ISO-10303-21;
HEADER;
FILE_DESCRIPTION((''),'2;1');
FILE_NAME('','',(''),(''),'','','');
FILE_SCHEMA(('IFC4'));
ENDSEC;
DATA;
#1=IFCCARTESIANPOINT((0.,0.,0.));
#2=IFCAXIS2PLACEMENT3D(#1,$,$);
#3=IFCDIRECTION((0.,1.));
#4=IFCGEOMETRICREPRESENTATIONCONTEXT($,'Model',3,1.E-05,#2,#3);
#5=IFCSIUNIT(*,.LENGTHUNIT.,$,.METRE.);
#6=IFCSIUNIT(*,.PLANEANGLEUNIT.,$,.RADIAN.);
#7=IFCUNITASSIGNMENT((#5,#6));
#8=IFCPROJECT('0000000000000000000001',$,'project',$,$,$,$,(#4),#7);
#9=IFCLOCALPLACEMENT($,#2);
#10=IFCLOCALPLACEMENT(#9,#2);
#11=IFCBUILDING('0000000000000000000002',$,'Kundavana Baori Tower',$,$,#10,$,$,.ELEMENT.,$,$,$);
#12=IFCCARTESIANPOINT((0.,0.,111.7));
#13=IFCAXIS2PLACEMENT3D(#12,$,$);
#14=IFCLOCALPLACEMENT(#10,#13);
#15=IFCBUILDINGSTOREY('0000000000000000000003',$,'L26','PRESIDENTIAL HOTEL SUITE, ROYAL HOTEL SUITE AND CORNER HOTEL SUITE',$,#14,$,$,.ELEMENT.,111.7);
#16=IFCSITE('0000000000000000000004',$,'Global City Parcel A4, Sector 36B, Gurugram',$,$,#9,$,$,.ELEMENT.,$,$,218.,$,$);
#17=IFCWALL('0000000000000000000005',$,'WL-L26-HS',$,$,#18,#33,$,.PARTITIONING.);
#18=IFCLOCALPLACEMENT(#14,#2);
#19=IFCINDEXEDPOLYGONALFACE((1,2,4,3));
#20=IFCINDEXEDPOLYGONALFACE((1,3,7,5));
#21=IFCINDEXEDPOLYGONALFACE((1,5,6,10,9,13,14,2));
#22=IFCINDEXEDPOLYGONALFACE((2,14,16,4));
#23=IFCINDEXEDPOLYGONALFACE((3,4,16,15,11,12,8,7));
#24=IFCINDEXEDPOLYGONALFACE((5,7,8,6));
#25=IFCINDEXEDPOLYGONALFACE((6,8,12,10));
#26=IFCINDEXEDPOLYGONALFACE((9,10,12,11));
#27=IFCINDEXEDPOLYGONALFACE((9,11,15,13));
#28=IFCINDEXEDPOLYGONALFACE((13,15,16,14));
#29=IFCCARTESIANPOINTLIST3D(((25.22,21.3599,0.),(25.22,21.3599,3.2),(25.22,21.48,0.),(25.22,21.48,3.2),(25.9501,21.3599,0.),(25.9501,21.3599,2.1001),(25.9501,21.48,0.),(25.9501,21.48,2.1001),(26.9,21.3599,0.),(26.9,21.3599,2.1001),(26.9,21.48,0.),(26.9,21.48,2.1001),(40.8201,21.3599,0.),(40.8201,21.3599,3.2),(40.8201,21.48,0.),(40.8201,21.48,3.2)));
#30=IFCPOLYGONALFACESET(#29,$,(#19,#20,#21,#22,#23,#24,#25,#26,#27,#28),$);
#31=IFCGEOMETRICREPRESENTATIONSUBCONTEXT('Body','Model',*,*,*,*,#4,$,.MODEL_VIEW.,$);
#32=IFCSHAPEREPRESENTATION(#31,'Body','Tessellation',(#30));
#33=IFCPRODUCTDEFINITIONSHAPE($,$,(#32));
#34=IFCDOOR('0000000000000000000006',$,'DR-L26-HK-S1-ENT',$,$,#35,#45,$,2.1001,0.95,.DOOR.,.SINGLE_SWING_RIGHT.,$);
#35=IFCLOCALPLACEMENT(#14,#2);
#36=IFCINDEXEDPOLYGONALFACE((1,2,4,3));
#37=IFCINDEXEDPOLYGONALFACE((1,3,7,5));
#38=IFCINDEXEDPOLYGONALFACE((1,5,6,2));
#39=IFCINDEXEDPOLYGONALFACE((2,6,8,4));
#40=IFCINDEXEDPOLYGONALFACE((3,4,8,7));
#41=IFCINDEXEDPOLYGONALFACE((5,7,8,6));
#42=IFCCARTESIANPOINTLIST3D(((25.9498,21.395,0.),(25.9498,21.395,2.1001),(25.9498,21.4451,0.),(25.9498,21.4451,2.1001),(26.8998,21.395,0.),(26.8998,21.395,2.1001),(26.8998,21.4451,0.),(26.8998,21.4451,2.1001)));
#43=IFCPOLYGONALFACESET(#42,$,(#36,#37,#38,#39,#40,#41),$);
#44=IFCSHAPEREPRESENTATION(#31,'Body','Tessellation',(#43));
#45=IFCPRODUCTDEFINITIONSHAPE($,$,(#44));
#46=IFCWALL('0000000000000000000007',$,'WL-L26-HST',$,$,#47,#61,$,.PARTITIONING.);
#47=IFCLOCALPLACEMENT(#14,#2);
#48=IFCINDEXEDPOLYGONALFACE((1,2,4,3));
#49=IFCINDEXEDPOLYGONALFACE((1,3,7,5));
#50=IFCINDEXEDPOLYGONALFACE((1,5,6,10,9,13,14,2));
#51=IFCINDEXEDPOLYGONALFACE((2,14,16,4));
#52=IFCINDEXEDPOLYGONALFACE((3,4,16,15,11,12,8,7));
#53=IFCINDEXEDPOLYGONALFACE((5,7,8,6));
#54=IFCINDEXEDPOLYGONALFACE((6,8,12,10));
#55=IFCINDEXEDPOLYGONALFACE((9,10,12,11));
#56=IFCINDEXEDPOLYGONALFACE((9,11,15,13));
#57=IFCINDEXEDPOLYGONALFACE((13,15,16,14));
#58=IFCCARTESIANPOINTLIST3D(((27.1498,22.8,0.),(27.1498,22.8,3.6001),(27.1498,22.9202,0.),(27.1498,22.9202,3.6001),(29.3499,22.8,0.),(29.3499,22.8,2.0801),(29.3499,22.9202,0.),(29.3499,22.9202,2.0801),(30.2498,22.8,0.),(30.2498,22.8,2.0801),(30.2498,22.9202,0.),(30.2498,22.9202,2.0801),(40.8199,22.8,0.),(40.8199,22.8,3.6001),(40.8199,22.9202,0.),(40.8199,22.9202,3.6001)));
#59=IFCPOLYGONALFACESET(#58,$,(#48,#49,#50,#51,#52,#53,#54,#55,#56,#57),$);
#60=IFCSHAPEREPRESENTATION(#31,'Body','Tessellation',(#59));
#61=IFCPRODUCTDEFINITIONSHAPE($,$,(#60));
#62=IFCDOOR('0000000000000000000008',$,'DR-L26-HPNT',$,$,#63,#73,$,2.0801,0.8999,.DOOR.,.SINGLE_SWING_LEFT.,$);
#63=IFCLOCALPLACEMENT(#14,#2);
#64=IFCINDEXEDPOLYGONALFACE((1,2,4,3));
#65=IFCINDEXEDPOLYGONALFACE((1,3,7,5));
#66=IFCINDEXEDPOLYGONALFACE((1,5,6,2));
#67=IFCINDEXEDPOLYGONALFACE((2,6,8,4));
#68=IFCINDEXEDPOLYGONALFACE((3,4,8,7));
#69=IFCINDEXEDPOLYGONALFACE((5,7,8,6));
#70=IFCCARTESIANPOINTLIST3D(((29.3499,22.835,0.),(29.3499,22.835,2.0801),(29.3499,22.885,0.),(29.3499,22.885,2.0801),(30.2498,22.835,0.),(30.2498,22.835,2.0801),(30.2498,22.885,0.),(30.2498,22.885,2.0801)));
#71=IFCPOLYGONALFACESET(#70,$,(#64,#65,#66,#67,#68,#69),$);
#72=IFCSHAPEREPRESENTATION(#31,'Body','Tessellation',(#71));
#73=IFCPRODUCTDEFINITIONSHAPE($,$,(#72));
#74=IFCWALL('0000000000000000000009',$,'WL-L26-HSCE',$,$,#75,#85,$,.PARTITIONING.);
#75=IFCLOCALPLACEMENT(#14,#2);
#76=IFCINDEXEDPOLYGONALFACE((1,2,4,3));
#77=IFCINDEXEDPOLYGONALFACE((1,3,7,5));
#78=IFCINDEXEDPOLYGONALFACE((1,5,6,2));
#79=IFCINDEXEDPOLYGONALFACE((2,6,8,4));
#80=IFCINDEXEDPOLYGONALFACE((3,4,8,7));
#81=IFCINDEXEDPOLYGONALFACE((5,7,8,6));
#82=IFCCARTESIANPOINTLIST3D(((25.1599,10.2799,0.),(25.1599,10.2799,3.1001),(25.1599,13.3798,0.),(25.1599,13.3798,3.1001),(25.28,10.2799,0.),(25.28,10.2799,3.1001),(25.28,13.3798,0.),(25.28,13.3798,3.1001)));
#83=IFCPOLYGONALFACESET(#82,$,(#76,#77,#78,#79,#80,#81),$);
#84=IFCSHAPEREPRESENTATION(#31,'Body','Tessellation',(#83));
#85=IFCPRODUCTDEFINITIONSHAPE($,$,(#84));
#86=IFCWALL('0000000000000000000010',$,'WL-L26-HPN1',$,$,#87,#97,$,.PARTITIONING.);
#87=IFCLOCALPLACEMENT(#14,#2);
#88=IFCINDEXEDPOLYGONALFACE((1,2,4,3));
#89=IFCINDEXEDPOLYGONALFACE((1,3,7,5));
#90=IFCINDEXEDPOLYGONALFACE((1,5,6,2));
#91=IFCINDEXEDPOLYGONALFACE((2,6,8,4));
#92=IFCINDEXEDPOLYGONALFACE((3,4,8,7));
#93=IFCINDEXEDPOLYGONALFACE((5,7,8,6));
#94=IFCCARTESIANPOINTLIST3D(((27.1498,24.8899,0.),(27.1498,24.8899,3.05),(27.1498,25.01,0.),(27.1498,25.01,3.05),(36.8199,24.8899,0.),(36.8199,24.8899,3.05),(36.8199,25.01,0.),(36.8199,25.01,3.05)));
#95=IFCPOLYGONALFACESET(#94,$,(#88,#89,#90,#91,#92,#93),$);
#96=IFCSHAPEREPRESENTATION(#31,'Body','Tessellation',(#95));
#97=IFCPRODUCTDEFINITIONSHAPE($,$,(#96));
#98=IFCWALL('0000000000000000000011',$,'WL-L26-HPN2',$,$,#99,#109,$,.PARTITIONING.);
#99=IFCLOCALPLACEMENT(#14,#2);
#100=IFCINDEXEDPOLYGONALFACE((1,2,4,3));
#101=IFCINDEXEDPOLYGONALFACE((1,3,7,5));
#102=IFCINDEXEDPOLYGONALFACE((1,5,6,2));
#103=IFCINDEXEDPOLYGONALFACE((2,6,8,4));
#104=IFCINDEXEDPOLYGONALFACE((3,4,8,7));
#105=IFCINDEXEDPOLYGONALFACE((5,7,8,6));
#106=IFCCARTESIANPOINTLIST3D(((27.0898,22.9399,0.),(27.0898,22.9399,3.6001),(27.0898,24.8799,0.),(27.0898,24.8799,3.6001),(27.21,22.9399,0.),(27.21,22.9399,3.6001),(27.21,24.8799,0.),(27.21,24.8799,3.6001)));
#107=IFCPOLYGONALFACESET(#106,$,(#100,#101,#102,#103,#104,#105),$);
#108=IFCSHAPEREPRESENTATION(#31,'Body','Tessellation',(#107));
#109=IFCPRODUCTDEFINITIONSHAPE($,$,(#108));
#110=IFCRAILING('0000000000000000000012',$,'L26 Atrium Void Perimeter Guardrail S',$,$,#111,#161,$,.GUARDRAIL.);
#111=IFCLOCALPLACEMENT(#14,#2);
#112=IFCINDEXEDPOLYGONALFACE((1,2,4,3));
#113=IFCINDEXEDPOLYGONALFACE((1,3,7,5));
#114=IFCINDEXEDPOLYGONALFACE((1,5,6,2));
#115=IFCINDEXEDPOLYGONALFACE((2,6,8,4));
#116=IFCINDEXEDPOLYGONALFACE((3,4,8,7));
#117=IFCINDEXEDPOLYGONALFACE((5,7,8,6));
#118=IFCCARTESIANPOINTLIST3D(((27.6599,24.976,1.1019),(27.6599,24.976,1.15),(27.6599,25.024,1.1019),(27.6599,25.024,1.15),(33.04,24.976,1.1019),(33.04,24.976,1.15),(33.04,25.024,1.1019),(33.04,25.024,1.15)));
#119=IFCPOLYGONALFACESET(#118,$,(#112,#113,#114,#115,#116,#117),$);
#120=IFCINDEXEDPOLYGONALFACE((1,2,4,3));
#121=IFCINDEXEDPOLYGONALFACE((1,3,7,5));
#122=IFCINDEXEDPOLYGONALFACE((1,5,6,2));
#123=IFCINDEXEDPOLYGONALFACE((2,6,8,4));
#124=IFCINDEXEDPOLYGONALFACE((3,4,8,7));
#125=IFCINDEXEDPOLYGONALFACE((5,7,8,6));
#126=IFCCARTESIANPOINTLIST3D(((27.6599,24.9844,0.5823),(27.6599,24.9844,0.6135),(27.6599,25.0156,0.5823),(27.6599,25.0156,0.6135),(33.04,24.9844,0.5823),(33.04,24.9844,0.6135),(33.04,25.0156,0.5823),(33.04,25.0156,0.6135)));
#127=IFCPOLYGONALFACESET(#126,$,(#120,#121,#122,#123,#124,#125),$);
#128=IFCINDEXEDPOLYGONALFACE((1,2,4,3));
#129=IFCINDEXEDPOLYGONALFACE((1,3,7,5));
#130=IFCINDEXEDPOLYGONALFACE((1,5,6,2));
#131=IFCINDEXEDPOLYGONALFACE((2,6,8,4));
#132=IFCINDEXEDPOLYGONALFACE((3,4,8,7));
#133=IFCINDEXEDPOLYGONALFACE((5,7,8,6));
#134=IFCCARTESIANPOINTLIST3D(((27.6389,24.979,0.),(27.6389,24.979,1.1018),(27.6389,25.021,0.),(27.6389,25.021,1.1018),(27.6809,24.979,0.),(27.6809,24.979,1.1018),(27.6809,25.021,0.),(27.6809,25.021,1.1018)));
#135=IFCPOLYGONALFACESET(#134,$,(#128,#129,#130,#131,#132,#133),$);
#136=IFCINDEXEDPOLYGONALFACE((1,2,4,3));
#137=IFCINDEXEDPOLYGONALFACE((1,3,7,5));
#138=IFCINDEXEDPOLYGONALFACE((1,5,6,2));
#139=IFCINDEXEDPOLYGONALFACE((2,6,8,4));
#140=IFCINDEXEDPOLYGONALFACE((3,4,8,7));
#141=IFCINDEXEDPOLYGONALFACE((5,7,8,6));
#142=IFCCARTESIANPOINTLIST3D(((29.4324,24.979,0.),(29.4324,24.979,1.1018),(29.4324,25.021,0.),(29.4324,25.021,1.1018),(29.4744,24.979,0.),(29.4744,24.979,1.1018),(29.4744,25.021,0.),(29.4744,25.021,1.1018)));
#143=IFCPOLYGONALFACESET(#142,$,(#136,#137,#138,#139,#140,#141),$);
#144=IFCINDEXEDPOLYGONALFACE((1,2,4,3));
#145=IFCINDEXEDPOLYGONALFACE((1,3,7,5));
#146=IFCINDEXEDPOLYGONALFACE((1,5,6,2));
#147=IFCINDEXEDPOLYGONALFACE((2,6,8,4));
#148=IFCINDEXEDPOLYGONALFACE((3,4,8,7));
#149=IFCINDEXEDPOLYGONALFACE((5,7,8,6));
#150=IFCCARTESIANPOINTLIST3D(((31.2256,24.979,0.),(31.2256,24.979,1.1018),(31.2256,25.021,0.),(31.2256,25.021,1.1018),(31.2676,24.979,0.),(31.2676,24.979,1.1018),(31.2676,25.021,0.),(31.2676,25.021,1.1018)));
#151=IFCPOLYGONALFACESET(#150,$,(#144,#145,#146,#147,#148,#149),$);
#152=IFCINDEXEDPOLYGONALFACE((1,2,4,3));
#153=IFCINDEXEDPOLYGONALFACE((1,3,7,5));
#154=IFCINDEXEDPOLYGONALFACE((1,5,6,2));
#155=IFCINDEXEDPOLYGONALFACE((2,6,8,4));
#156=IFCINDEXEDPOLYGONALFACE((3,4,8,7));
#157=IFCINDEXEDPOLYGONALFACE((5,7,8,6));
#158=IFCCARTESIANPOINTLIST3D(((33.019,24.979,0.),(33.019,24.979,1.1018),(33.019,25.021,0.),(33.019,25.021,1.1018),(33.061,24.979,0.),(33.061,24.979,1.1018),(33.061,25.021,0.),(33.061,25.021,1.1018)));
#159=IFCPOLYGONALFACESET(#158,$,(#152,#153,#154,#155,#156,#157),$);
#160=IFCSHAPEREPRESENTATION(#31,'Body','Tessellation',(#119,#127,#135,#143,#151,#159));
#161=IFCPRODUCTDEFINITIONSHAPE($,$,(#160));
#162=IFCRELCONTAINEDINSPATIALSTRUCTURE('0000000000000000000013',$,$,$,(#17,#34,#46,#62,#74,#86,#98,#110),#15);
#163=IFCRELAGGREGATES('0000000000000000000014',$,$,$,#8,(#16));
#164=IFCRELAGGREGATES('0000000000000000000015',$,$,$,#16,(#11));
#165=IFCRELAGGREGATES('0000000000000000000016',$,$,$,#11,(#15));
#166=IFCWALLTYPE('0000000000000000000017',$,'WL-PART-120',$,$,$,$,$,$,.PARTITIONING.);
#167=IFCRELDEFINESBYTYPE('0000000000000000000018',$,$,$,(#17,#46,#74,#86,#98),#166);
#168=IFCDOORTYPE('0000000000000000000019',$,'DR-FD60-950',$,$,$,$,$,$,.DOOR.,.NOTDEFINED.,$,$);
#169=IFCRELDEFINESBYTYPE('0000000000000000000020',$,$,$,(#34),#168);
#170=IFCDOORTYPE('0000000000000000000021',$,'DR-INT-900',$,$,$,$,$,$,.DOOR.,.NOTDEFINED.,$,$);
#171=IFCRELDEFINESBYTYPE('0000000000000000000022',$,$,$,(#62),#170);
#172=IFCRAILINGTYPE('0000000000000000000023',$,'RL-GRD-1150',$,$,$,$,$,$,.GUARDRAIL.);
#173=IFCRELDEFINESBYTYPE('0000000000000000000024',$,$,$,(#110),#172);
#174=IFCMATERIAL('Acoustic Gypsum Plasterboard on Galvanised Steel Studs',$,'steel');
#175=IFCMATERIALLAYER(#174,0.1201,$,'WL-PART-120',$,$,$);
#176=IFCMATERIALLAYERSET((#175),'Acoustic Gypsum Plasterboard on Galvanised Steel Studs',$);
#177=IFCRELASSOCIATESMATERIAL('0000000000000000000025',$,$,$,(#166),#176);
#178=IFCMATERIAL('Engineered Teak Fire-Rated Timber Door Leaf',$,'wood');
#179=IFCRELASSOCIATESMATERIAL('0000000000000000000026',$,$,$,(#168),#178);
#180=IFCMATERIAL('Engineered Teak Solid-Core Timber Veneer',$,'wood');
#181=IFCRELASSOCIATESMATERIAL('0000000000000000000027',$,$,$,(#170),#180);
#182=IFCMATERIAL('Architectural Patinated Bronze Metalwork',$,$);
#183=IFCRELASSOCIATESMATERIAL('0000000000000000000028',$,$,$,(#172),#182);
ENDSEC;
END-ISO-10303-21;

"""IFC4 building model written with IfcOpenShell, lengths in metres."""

from ifc_helpers import new_model, si_unit, direction, frame, frame_2d, origin, origin_2d, place, context, subcontext, project, spatial, rectangle, extrude, material, layer, layer_set, type_object, element, fill, save


model = new_model("IFC4")

# Units and contexts
model_context = context("Model", 3, precision=1e-05, world=origin(), true_north=direction((0.0, 1.0)))
body_context = subcontext(model_context, "Body", "Model", "MODEL_VIEW")
ifc_project = project(units=[si_unit("LENGTHUNIT", "METRE"), si_unit("PLANEANGLEUNIT", "RADIAN")], contexts=[model_context])

# Site, building, storey
site_placement = place(None, origin())
site = spatial("IfcSite", under=ifc_project, at=site_placement, Name="Global City Parcel A4, Sector 36B, Gurugram", CompositionType="ELEMENT", RefElevation=218.0)
building_placement = place(site_placement, origin())
building = spatial("IfcBuilding", under=site, at=building_placement, Name="Kundavana Baori Tower", CompositionType="ELEMENT")
storey_placement = place(building_placement, frame((0.0, 0.0, 111.7)))
storey = spatial("IfcBuildingStorey", under=building, at=storey_placement, Name="L26", Description="PRESIDENTIAL HOTEL SUITE, ROYAL HOTEL SUITE AND CORNER HOTEL SUITE", CompositionType="ELEMENT", Elevation=111.7)

# Walls, openings, doors
ifc_material_1 = material(Name="Acoustic Gypsum Plasterboard on Galvanised Steel Studs", Category="steel")
ifc_layer = layer(ifc_material_1, 0.1201, Name="WL-PART-120")
ifc_layer_set = layer_set([ifc_layer], Name="Acoustic Gypsum Plasterboard on Galvanised Steel Studs")
wall_type = type_object("IfcWallType", Name="WL-PART-120", PredefinedType="PARTITIONING", material=ifc_layer_set)
wall_1_placement = place(storey_placement, frame((25.22, 21.4199, 0.0), z_axis=(0.0, 0.0, 1.0), x_axis=(1.0, 0.0, 0.0)))
wall_1 = element("IfcWall", 1, at=wall_1_placement, inside=storey, type_object=wall_type, Name="WL-L26-HS", PredefinedType="PARTITIONING", context=body_context, shape_type="SweptSolid", body=[
    extrude(rectangle(XDim=15.6001, YDim=0.1201, at=frame_2d((7.8, 0.0))), origin(), (0.0, 0.0, 1.0), 3.2),
])
opening_1_placement = place(wall_1_placement, frame((0.73, 0.0, 0.0)))
opening_1 = element("IfcOpeningElement", 2, at=opening_1_placement, cuts=wall_1, PredefinedType="OPENING", context=body_context, shape_type="SweptSolid", body=[
    extrude(rectangle(XDim=0.95, YDim=2.1001, at=frame_2d((0.4751, 1.05))), frame((0.0, 0.0701, 0.0), z_axis=(0.0, -1.0, 0.0), x_axis=(1.0, 0.0, 0.0)), (0.0, 0.0, 1.0), 0.1401),
])
ifc_material_2 = material(Name="Engineered Teak Fire-Rated Timber Door Leaf", Category="wood")
door_type_1 = type_object("IfcDoorType", Name="DR-FD60-950", OperationType="NOTDEFINED", PredefinedType="DOOR", material=ifc_material_2)
door_1_placement = place(opening_1_placement, frame((0.95, 0.0, 0.0), z_axis=(0.0, 0.0, 1.0), x_axis=(-1.0, 0.0, 0.0)))
door_1 = element("IfcDoor", 3, at=door_1_placement, inside=storey, type_object=door_type_1, Name="DR-L26-HK-S1-ENT", OperationType="SINGLE_SWING_RIGHT", OverallHeight=2.1001, OverallWidth=0.95, PredefinedType="DOOR", context=body_context, shape_type="SweptSolid", body=[
    extrude(rectangle(XDim=0.95, YDim=2.1001, at=frame_2d((0.4751, 1.05))), frame((0.0, 0.0249, 0.0), z_axis=(0.0, -1.0, 0.0), x_axis=(1.0, 0.0, 0.0)), (0.0, 0.0, 1.0), 0.05),
])
fill(opening_1, door_1)
wall_2_placement = place(storey_placement, frame((27.1499, 22.8601, 0.0), z_axis=(0.0, 0.0, 1.0), x_axis=(1.0, 0.0, 0.0)))
wall_2 = element("IfcWall", 4, at=wall_2_placement, inside=storey, type_object=wall_type, Name="WL-L26-HST", PredefinedType="PARTITIONING", context=body_context, shape_type="SweptSolid", body=[
    extrude(rectangle(XDim=13.6702, YDim=0.1201, at=frame_2d((6.835, 0.0))), origin(), (0.0, 0.0, 1.0), 3.6001),
])
opening_2_placement = place(wall_2_placement, frame((2.2, 0.0, 0.0)))
opening_2 = element("IfcOpeningElement", 5, at=opening_2_placement, cuts=wall_2, PredefinedType="OPENING", context=body_context, shape_type="SweptSolid", body=[
    extrude(rectangle(XDim=0.8999, YDim=2.0801, at=frame_2d((0.45, 1.04))), frame((0.0, 0.0701, 0.0), z_axis=(0.0, -1.0, 0.0), x_axis=(1.0, 0.0, 0.0)), (0.0, 0.0, 1.0), 0.1401),
])
ifc_material_3 = material(Name="Engineered Teak Solid-Core Timber Veneer", Category="wood")
door_type_2 = type_object("IfcDoorType", Name="DR-INT-900", OperationType="NOTDEFINED", PredefinedType="DOOR", material=ifc_material_3)
door_2_placement = place(opening_2_placement, origin())
door_2 = element("IfcDoor", 6, at=door_2_placement, inside=storey, type_object=door_type_2, Name="DR-L26-HPNT", OperationType="SINGLE_SWING_LEFT", OverallHeight=2.0801, OverallWidth=0.8999, PredefinedType="DOOR", context=body_context, shape_type="SweptSolid", body=[
    extrude(rectangle(XDim=0.8999, YDim=2.0801, at=frame_2d((0.45, 1.04))), frame((0.0, 0.0249, 0.0), z_axis=(0.0, -1.0, 0.0), x_axis=(1.0, 0.0, 0.0)), (0.0, 0.0, 1.0), 0.05),
])
fill(opening_2, door_2)

# Walls
wall_3_placement = place(storey_placement, frame((25.22, 10.28, 0.0), z_axis=(0.0, 0.0, 1.0), x_axis=(0.0, 1.0, 0.0)))
element("IfcWall", 7, at=wall_3_placement, inside=storey, type_object=wall_type, Name="WL-L26-HSCE", PredefinedType="PARTITIONING", context=body_context, shape_type="SweptSolid", body=[
    extrude(rectangle(XDim=3.0999, YDim=0.1201, at=frame_2d((1.5498, 0.0))), origin(), (0.0, 0.0, 1.0), 3.1001),
])
wall_4_placement = place(storey_placement, frame((27.1499, 24.95, 0.0), z_axis=(0.0, 0.0, 1.0), x_axis=(1.0, 0.0, 0.0)))
element("IfcWall", 8, at=wall_4_placement, inside=storey, type_object=wall_type, Name="WL-L26-HPN1", PredefinedType="PARTITIONING", context=body_context, shape_type="SweptSolid", body=[
    extrude(rectangle(XDim=9.6702, YDim=0.1201, at=frame_2d((4.835, 0.0))), origin(), (0.0, 0.0, 1.0), 3.05),
])
wall_5_placement = place(storey_placement, frame((27.1499, 22.9399, 0.0), z_axis=(0.0, 0.0, 1.0), x_axis=(0.0, 1.0, 0.0)))
element("IfcWall", 9, at=wall_5_placement, inside=storey, type_object=wall_type, Name="WL-L26-HPN2", PredefinedType="PARTITIONING", context=body_context, shape_type="SweptSolid", body=[
    extrude(rectangle(XDim=1.9399, YDim=0.1201, at=frame_2d((0.97, 0.0))), origin(), (0.0, 0.0, 1.0), 3.6001),
])

# Railing
ifc_material_4 = material(Name="Architectural Patinated Bronze Metalwork")
railing_type = type_object("IfcRailingType", Name="RL-GRD-1150", PredefinedType="GUARDRAIL", material=ifc_material_4)
railing_1_placement = place(storey_placement, frame((27.6599, 25.0, 0.0)))
element("IfcRailing", 10, at=railing_1_placement, inside=storey, type_object=railing_type, Name="L26 Atrium Void Perimeter Guardrail S", PredefinedType="GUARDRAIL", context=body_context, shape_type="SweptSolid", body=[
    extrude(rectangle(XDim=0.0481, YDim=0.0481, at=origin_2d()), frame((0.0, 0.0, 1.126), z_axis=(1.0, 0.0, 0.0), x_axis=(0.0, 1.0, 0.0)), (0.0, 0.0, 1.0), 5.3801),
    extrude(rectangle(XDim=0.0312, YDim=0.0312, at=origin_2d()), frame((0.0, 0.0, 0.5979), z_axis=(1.0, 0.0, 0.0), x_axis=(0.0, 1.0, 0.0)), (0.0, 0.0, 1.0), 5.3801),
    extrude(rectangle(XDim=0.042, YDim=0.042, at=origin_2d()), origin(), (0.0, 0.0, 1.0), 1.1018),
    extrude(rectangle(XDim=0.042, YDim=0.042, at=origin_2d()), frame((1.7935, 0.0, 0.0)), (0.0, 0.0, 1.0), 1.1018),
    extrude(rectangle(XDim=0.042, YDim=0.042, at=origin_2d()), frame((3.5867, 0.0, 0.0)), (0.0, 0.0, 1.0), 1.1018),
    extrude(rectangle(XDim=0.042, YDim=0.042, at=origin_2d()), frame((5.3801, 0.0, 0.0)), (0.0, 0.0, 1.0), 1.1018),
])

save(model, "model.ifc")
